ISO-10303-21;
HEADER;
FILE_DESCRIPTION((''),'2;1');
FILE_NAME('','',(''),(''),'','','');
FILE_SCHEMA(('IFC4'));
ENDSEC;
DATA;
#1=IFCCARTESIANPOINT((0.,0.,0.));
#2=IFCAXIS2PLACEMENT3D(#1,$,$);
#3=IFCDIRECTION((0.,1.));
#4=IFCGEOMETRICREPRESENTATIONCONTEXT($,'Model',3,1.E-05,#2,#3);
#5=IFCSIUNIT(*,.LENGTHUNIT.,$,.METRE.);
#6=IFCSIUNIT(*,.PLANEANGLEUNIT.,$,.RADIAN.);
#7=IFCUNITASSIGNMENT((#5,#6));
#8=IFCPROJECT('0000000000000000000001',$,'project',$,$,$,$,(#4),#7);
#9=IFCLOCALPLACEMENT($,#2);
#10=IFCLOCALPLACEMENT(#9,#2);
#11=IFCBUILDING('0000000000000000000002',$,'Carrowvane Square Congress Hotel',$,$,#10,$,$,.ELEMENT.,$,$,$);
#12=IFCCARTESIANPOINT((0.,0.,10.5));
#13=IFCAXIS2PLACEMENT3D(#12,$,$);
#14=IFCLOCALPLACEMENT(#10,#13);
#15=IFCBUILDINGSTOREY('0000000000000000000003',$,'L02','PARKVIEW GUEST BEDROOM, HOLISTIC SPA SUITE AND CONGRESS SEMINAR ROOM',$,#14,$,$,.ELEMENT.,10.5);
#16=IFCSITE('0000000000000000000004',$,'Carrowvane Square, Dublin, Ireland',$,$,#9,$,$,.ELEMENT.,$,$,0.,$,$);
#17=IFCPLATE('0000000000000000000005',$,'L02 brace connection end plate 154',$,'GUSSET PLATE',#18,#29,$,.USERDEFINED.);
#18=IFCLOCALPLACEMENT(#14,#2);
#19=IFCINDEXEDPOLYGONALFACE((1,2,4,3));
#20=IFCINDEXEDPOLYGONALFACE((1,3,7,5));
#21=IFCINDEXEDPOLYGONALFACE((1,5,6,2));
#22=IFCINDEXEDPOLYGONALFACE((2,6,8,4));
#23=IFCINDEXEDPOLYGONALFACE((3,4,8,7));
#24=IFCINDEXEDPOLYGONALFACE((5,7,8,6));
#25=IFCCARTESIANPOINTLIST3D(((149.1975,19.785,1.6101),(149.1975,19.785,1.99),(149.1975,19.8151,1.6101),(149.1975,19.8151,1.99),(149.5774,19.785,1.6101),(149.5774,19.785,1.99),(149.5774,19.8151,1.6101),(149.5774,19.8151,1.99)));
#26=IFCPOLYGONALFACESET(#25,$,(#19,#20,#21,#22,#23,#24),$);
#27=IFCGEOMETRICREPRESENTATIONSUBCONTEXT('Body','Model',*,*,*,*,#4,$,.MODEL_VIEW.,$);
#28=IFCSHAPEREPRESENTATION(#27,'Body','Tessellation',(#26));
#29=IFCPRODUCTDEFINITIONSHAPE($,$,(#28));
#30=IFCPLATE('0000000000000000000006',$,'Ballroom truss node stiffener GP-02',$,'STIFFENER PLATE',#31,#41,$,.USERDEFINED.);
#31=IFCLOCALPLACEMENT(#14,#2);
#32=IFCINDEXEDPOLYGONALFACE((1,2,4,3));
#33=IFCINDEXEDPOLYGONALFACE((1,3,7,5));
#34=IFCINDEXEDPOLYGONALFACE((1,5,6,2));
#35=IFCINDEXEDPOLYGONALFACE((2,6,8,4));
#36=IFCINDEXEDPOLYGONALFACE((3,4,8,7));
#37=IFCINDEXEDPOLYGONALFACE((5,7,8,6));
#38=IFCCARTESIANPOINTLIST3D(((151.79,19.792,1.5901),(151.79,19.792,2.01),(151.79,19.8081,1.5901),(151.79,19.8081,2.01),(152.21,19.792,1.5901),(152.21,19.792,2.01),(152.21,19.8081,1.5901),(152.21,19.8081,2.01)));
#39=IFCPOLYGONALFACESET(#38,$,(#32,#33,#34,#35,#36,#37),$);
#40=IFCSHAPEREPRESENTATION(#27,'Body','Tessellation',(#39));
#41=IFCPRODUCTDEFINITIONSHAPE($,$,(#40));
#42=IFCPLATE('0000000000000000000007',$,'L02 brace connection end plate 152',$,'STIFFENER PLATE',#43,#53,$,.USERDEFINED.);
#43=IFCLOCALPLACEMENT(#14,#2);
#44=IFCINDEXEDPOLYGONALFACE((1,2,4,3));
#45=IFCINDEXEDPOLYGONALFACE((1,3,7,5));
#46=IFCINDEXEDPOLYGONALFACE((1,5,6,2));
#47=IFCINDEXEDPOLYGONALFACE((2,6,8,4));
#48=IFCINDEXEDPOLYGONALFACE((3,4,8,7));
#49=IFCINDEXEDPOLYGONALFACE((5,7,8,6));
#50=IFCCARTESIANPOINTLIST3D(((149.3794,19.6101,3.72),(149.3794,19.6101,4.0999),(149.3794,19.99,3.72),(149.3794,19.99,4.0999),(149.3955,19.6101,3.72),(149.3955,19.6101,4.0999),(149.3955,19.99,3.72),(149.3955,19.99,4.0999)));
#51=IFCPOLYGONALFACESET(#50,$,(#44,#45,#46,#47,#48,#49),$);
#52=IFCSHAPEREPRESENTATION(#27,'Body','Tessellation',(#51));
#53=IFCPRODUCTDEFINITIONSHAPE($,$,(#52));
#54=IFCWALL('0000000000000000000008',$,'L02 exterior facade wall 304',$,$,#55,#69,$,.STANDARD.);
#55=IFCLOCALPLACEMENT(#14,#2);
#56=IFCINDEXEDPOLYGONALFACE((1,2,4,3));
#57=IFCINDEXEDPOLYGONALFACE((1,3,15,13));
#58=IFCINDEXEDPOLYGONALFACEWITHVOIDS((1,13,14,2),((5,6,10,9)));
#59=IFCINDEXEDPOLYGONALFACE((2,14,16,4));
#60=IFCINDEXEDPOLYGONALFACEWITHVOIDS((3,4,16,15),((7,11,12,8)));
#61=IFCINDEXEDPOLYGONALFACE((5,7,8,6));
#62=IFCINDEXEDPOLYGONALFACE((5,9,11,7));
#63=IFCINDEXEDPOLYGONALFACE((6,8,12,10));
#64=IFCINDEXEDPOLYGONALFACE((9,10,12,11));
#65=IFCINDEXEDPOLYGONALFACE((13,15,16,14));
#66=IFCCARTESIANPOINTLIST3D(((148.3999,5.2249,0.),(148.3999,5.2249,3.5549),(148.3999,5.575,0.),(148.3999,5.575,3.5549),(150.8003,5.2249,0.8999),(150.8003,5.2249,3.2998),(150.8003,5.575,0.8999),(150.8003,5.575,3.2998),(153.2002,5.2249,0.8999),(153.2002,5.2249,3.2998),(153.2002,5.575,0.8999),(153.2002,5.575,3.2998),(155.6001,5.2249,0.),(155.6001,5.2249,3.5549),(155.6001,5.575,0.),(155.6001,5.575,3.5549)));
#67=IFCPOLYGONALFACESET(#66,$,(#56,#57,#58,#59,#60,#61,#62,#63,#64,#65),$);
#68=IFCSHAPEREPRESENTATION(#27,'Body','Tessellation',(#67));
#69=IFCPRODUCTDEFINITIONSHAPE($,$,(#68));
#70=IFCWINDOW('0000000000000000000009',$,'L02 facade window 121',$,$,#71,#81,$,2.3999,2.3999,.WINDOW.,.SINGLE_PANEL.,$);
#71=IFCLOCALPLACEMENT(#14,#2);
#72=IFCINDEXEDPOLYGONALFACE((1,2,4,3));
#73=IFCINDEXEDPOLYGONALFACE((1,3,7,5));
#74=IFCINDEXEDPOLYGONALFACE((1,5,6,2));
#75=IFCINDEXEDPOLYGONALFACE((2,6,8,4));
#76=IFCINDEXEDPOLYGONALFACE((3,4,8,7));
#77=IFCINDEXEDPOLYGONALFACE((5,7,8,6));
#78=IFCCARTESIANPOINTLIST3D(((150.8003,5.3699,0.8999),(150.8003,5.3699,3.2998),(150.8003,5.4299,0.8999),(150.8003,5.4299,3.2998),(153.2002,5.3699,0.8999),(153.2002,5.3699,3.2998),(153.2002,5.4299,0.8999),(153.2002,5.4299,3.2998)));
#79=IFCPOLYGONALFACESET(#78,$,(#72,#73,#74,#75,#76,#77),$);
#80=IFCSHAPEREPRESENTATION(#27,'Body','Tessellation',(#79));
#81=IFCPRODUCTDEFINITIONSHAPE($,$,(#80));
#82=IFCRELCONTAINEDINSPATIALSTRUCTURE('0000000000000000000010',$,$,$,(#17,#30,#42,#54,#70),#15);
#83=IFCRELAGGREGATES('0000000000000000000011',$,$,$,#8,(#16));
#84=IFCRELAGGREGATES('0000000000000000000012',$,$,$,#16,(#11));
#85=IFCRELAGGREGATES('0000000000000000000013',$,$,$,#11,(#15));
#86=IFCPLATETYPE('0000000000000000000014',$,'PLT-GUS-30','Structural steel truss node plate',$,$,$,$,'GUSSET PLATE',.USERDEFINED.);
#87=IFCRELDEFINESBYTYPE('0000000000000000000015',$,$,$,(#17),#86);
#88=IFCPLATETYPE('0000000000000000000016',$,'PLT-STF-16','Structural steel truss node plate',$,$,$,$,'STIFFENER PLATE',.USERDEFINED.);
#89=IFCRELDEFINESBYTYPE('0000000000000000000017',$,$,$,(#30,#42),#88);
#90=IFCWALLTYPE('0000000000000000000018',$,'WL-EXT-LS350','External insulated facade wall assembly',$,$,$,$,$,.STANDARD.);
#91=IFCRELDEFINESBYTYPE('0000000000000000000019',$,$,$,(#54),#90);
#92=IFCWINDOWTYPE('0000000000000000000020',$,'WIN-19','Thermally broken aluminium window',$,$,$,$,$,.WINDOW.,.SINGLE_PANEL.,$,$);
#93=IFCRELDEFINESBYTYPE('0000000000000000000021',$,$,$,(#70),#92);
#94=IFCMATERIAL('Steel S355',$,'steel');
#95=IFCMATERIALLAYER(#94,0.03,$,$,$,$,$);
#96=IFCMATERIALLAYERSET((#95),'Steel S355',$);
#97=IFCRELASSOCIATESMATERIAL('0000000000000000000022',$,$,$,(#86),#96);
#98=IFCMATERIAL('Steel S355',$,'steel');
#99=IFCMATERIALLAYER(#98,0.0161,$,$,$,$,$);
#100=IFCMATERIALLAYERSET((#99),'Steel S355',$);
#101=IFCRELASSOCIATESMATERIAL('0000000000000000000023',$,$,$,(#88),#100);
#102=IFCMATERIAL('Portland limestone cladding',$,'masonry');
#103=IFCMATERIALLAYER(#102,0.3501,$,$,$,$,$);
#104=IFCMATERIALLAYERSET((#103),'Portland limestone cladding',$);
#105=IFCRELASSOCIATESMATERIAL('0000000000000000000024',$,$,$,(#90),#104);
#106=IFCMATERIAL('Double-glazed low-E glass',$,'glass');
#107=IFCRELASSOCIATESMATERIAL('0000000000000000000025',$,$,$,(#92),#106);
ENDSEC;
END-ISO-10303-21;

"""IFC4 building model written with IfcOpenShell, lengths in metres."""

from ifc_helpers import new_model, si_unit, direction, frame, frame_2d, origin, origin_2d, place, context, subcontext, project, spatial, rectangle, extrude, material, layer, layer_set, type_object, element, fill, save


model = new_model("IFC4")

# Units and contexts
model_context = context("Model", 3, precision=1e-05, world=origin(), true_north=direction((0.0, 1.0)))
body_context = subcontext(model_context, "Body", "Model", "MODEL_VIEW")
ifc_project = project(units=[si_unit("LENGTHUNIT", "METRE"), si_unit("PLANEANGLEUNIT", "RADIAN")], contexts=[model_context])

# Site, building, storey
site_placement = place(None, origin())
site = spatial("IfcSite", under=ifc_project, at=site_placement, Name="Carrowvane Square, Dublin, Ireland", CompositionType="ELEMENT", RefElevation=0.0)
building_placement = place(site_placement, origin())
building = spatial("IfcBuilding", under=site, at=building_placement, Name="Carrowvane Square Congress Hotel", CompositionType="ELEMENT")
storey_placement = place(building_placement, frame((0.0, 0.0, 10.5)))
storey = spatial("IfcBuildingStorey", under=building, at=storey_placement, Name="L02", Description="PARKVIEW GUEST BEDROOM, HOLISTIC SPA SUITE AND CONGRESS SEMINAR ROOM", CompositionType="ELEMENT", Elevation=10.5)

# Plates
ifc_material_1 = material(Name="Steel S355", Category="steel")
ifc_layer_1 = layer(ifc_material_1, 0.03)
ifc_layer_set_1 = layer_set([ifc_layer_1], Name="Steel S355")
plate_type_1 = type_object("IfcPlateType", Name="PLT-GUS-30", Description="Structural steel truss node plate", ElementType="GUSSET PLATE", PredefinedType="USERDEFINED", material=ifc_layer_set_1)
plate_1_placement = place(storey_placement, frame((149.3875, 19.8, 1.6101), z_axis=(0.0, 0.0, 1.0), x_axis=(1.0, 0.0, 0.0)))
element("IfcPlate", 1, at=plate_1_placement, inside=storey, type_object=plate_type_1, Name="L02 brace connection end plate 154", ObjectType="GUSSET PLATE", PredefinedType="USERDEFINED", context=body_context, shape_type="SweptSolid", body=[
    extrude(rectangle(XDim=0.3799, YDim=0.03, at=origin_2d()), origin(), (0.0, 0.0, 1.0), 0.3799),
])
ifc_material_2 = material(Name="Steel S355", Category="steel")
ifc_layer_2 = layer(ifc_material_2, 0.0161)
ifc_layer_set_2 = layer_set([ifc_layer_2], Name="Steel S355")
plate_type_2 = type_object("IfcPlateType", Name="PLT-STF-16", Description="Structural steel truss node plate", ElementType="STIFFENER PLATE", PredefinedType="USERDEFINED", material=ifc_layer_set_2)
plate_2_placement = place(storey_placement, frame((152.0, 19.8, 1.5901), z_axis=(0.0, 0.0, 1.0), x_axis=(1.0, 0.0, 0.0)))
element("IfcPlate", 2, at=plate_2_placement, inside=storey, type_object=plate_type_2, Name="Ballroom truss node stiffener GP-02", ObjectType="STIFFENER PLATE", PredefinedType="USERDEFINED", context=body_context, shape_type="SweptSolid", body=[
    extrude(rectangle(XDim=0.4199, YDim=0.0161, at=origin_2d()), origin(), (0.0, 0.0, 1.0), 0.4199),
])
plate_3_placement = place(storey_placement, frame((149.3875, 19.8, 3.72), z_axis=(0.0, 0.0, 1.0), x_axis=(1.0, 0.0, 0.0)))
element("IfcPlate", 3, at=plate_3_placement, inside=storey, type_object=plate_type_2, Name="L02 brace connection end plate 152", ObjectType="STIFFENER PLATE", PredefinedType="USERDEFINED", context=body_context, shape_type="SweptSolid", body=[
    extrude(rectangle(XDim=0.0161, YDim=0.3799, at=origin_2d()), origin(), (0.0, 0.0, 1.0), 0.3799),
])

# Wall, opening, window
ifc_material_3 = material(Name="Portland limestone cladding", Category="masonry")
ifc_layer_3 = layer(ifc_material_3, 0.3501)
ifc_layer_set_3 = layer_set([ifc_layer_3], Name="Portland limestone cladding")
wall_type = type_object("IfcWallType", Name="WL-EXT-LS350", Description="External insulated facade wall assembly", PredefinedType="STANDARD", material=ifc_layer_set_3)
wall_placement = place(storey_placement, frame((155.6001, 5.3999, 0.0), z_axis=(0.0, 0.0, 1.0), x_axis=(-1.0, 0.0, 0.0)))
wall = element("IfcWall", 4, at=wall_placement, inside=storey, type_object=wall_type, Name="L02 exterior facade wall 304", PredefinedType="STANDARD", context=body_context, shape_type="SweptSolid", body=[
    extrude(rectangle(XDim=7.2002, YDim=0.3501, at=frame_2d((3.6001, 0.0))), origin(), (0.0, 0.0, 1.0), 3.5549),
])
opening_placement = place(wall_placement, frame((2.3999, 0.0, 0.8999)))
opening = element("IfcOpeningElement", 5, at=opening_placement, cuts=wall, PredefinedType="OPENING", context=body_context, shape_type="SweptSolid", body=[
    extrude(rectangle(XDim=2.3999, YDim=2.3999, at=frame_2d((1.2, 1.2))), frame((0.0, 0.1851, 0.0), z_axis=(0.0, -1.0, 0.0), x_axis=(1.0, 0.0, 0.0)), (0.0, 0.0, 1.0), 0.3701),
])
ifc_material_4 = material(Name="Double-glazed low-E glass", Category="glass")
window_type = type_object("IfcWindowType", Name="WIN-19", Description="Thermally broken aluminium window", PartitioningType="SINGLE_PANEL", PredefinedType="WINDOW", material=ifc_material_4)
window_placement = place(opening_placement, origin())
window = element("IfcWindow", 6, at=window_placement, inside=storey, type_object=window_type, Name="L02 facade window 121", OverallHeight=2.3999, OverallWidth=2.3999, PartitioningType="SINGLE_PANEL", PredefinedType="WINDOW", context=body_context, shape_type="SweptSolid", body=[
    extrude(rectangle(XDim=2.3999, YDim=2.3999, at=frame_2d((1.2, 1.2))), frame((0.0, 0.03, 0.0), z_axis=(0.0, -1.0, 0.0), x_axis=(1.0, 0.0, 0.0)), (0.0, 0.0, 1.0), 0.0601),
])
fill(opening, window)

save(model, "model.ifc")
